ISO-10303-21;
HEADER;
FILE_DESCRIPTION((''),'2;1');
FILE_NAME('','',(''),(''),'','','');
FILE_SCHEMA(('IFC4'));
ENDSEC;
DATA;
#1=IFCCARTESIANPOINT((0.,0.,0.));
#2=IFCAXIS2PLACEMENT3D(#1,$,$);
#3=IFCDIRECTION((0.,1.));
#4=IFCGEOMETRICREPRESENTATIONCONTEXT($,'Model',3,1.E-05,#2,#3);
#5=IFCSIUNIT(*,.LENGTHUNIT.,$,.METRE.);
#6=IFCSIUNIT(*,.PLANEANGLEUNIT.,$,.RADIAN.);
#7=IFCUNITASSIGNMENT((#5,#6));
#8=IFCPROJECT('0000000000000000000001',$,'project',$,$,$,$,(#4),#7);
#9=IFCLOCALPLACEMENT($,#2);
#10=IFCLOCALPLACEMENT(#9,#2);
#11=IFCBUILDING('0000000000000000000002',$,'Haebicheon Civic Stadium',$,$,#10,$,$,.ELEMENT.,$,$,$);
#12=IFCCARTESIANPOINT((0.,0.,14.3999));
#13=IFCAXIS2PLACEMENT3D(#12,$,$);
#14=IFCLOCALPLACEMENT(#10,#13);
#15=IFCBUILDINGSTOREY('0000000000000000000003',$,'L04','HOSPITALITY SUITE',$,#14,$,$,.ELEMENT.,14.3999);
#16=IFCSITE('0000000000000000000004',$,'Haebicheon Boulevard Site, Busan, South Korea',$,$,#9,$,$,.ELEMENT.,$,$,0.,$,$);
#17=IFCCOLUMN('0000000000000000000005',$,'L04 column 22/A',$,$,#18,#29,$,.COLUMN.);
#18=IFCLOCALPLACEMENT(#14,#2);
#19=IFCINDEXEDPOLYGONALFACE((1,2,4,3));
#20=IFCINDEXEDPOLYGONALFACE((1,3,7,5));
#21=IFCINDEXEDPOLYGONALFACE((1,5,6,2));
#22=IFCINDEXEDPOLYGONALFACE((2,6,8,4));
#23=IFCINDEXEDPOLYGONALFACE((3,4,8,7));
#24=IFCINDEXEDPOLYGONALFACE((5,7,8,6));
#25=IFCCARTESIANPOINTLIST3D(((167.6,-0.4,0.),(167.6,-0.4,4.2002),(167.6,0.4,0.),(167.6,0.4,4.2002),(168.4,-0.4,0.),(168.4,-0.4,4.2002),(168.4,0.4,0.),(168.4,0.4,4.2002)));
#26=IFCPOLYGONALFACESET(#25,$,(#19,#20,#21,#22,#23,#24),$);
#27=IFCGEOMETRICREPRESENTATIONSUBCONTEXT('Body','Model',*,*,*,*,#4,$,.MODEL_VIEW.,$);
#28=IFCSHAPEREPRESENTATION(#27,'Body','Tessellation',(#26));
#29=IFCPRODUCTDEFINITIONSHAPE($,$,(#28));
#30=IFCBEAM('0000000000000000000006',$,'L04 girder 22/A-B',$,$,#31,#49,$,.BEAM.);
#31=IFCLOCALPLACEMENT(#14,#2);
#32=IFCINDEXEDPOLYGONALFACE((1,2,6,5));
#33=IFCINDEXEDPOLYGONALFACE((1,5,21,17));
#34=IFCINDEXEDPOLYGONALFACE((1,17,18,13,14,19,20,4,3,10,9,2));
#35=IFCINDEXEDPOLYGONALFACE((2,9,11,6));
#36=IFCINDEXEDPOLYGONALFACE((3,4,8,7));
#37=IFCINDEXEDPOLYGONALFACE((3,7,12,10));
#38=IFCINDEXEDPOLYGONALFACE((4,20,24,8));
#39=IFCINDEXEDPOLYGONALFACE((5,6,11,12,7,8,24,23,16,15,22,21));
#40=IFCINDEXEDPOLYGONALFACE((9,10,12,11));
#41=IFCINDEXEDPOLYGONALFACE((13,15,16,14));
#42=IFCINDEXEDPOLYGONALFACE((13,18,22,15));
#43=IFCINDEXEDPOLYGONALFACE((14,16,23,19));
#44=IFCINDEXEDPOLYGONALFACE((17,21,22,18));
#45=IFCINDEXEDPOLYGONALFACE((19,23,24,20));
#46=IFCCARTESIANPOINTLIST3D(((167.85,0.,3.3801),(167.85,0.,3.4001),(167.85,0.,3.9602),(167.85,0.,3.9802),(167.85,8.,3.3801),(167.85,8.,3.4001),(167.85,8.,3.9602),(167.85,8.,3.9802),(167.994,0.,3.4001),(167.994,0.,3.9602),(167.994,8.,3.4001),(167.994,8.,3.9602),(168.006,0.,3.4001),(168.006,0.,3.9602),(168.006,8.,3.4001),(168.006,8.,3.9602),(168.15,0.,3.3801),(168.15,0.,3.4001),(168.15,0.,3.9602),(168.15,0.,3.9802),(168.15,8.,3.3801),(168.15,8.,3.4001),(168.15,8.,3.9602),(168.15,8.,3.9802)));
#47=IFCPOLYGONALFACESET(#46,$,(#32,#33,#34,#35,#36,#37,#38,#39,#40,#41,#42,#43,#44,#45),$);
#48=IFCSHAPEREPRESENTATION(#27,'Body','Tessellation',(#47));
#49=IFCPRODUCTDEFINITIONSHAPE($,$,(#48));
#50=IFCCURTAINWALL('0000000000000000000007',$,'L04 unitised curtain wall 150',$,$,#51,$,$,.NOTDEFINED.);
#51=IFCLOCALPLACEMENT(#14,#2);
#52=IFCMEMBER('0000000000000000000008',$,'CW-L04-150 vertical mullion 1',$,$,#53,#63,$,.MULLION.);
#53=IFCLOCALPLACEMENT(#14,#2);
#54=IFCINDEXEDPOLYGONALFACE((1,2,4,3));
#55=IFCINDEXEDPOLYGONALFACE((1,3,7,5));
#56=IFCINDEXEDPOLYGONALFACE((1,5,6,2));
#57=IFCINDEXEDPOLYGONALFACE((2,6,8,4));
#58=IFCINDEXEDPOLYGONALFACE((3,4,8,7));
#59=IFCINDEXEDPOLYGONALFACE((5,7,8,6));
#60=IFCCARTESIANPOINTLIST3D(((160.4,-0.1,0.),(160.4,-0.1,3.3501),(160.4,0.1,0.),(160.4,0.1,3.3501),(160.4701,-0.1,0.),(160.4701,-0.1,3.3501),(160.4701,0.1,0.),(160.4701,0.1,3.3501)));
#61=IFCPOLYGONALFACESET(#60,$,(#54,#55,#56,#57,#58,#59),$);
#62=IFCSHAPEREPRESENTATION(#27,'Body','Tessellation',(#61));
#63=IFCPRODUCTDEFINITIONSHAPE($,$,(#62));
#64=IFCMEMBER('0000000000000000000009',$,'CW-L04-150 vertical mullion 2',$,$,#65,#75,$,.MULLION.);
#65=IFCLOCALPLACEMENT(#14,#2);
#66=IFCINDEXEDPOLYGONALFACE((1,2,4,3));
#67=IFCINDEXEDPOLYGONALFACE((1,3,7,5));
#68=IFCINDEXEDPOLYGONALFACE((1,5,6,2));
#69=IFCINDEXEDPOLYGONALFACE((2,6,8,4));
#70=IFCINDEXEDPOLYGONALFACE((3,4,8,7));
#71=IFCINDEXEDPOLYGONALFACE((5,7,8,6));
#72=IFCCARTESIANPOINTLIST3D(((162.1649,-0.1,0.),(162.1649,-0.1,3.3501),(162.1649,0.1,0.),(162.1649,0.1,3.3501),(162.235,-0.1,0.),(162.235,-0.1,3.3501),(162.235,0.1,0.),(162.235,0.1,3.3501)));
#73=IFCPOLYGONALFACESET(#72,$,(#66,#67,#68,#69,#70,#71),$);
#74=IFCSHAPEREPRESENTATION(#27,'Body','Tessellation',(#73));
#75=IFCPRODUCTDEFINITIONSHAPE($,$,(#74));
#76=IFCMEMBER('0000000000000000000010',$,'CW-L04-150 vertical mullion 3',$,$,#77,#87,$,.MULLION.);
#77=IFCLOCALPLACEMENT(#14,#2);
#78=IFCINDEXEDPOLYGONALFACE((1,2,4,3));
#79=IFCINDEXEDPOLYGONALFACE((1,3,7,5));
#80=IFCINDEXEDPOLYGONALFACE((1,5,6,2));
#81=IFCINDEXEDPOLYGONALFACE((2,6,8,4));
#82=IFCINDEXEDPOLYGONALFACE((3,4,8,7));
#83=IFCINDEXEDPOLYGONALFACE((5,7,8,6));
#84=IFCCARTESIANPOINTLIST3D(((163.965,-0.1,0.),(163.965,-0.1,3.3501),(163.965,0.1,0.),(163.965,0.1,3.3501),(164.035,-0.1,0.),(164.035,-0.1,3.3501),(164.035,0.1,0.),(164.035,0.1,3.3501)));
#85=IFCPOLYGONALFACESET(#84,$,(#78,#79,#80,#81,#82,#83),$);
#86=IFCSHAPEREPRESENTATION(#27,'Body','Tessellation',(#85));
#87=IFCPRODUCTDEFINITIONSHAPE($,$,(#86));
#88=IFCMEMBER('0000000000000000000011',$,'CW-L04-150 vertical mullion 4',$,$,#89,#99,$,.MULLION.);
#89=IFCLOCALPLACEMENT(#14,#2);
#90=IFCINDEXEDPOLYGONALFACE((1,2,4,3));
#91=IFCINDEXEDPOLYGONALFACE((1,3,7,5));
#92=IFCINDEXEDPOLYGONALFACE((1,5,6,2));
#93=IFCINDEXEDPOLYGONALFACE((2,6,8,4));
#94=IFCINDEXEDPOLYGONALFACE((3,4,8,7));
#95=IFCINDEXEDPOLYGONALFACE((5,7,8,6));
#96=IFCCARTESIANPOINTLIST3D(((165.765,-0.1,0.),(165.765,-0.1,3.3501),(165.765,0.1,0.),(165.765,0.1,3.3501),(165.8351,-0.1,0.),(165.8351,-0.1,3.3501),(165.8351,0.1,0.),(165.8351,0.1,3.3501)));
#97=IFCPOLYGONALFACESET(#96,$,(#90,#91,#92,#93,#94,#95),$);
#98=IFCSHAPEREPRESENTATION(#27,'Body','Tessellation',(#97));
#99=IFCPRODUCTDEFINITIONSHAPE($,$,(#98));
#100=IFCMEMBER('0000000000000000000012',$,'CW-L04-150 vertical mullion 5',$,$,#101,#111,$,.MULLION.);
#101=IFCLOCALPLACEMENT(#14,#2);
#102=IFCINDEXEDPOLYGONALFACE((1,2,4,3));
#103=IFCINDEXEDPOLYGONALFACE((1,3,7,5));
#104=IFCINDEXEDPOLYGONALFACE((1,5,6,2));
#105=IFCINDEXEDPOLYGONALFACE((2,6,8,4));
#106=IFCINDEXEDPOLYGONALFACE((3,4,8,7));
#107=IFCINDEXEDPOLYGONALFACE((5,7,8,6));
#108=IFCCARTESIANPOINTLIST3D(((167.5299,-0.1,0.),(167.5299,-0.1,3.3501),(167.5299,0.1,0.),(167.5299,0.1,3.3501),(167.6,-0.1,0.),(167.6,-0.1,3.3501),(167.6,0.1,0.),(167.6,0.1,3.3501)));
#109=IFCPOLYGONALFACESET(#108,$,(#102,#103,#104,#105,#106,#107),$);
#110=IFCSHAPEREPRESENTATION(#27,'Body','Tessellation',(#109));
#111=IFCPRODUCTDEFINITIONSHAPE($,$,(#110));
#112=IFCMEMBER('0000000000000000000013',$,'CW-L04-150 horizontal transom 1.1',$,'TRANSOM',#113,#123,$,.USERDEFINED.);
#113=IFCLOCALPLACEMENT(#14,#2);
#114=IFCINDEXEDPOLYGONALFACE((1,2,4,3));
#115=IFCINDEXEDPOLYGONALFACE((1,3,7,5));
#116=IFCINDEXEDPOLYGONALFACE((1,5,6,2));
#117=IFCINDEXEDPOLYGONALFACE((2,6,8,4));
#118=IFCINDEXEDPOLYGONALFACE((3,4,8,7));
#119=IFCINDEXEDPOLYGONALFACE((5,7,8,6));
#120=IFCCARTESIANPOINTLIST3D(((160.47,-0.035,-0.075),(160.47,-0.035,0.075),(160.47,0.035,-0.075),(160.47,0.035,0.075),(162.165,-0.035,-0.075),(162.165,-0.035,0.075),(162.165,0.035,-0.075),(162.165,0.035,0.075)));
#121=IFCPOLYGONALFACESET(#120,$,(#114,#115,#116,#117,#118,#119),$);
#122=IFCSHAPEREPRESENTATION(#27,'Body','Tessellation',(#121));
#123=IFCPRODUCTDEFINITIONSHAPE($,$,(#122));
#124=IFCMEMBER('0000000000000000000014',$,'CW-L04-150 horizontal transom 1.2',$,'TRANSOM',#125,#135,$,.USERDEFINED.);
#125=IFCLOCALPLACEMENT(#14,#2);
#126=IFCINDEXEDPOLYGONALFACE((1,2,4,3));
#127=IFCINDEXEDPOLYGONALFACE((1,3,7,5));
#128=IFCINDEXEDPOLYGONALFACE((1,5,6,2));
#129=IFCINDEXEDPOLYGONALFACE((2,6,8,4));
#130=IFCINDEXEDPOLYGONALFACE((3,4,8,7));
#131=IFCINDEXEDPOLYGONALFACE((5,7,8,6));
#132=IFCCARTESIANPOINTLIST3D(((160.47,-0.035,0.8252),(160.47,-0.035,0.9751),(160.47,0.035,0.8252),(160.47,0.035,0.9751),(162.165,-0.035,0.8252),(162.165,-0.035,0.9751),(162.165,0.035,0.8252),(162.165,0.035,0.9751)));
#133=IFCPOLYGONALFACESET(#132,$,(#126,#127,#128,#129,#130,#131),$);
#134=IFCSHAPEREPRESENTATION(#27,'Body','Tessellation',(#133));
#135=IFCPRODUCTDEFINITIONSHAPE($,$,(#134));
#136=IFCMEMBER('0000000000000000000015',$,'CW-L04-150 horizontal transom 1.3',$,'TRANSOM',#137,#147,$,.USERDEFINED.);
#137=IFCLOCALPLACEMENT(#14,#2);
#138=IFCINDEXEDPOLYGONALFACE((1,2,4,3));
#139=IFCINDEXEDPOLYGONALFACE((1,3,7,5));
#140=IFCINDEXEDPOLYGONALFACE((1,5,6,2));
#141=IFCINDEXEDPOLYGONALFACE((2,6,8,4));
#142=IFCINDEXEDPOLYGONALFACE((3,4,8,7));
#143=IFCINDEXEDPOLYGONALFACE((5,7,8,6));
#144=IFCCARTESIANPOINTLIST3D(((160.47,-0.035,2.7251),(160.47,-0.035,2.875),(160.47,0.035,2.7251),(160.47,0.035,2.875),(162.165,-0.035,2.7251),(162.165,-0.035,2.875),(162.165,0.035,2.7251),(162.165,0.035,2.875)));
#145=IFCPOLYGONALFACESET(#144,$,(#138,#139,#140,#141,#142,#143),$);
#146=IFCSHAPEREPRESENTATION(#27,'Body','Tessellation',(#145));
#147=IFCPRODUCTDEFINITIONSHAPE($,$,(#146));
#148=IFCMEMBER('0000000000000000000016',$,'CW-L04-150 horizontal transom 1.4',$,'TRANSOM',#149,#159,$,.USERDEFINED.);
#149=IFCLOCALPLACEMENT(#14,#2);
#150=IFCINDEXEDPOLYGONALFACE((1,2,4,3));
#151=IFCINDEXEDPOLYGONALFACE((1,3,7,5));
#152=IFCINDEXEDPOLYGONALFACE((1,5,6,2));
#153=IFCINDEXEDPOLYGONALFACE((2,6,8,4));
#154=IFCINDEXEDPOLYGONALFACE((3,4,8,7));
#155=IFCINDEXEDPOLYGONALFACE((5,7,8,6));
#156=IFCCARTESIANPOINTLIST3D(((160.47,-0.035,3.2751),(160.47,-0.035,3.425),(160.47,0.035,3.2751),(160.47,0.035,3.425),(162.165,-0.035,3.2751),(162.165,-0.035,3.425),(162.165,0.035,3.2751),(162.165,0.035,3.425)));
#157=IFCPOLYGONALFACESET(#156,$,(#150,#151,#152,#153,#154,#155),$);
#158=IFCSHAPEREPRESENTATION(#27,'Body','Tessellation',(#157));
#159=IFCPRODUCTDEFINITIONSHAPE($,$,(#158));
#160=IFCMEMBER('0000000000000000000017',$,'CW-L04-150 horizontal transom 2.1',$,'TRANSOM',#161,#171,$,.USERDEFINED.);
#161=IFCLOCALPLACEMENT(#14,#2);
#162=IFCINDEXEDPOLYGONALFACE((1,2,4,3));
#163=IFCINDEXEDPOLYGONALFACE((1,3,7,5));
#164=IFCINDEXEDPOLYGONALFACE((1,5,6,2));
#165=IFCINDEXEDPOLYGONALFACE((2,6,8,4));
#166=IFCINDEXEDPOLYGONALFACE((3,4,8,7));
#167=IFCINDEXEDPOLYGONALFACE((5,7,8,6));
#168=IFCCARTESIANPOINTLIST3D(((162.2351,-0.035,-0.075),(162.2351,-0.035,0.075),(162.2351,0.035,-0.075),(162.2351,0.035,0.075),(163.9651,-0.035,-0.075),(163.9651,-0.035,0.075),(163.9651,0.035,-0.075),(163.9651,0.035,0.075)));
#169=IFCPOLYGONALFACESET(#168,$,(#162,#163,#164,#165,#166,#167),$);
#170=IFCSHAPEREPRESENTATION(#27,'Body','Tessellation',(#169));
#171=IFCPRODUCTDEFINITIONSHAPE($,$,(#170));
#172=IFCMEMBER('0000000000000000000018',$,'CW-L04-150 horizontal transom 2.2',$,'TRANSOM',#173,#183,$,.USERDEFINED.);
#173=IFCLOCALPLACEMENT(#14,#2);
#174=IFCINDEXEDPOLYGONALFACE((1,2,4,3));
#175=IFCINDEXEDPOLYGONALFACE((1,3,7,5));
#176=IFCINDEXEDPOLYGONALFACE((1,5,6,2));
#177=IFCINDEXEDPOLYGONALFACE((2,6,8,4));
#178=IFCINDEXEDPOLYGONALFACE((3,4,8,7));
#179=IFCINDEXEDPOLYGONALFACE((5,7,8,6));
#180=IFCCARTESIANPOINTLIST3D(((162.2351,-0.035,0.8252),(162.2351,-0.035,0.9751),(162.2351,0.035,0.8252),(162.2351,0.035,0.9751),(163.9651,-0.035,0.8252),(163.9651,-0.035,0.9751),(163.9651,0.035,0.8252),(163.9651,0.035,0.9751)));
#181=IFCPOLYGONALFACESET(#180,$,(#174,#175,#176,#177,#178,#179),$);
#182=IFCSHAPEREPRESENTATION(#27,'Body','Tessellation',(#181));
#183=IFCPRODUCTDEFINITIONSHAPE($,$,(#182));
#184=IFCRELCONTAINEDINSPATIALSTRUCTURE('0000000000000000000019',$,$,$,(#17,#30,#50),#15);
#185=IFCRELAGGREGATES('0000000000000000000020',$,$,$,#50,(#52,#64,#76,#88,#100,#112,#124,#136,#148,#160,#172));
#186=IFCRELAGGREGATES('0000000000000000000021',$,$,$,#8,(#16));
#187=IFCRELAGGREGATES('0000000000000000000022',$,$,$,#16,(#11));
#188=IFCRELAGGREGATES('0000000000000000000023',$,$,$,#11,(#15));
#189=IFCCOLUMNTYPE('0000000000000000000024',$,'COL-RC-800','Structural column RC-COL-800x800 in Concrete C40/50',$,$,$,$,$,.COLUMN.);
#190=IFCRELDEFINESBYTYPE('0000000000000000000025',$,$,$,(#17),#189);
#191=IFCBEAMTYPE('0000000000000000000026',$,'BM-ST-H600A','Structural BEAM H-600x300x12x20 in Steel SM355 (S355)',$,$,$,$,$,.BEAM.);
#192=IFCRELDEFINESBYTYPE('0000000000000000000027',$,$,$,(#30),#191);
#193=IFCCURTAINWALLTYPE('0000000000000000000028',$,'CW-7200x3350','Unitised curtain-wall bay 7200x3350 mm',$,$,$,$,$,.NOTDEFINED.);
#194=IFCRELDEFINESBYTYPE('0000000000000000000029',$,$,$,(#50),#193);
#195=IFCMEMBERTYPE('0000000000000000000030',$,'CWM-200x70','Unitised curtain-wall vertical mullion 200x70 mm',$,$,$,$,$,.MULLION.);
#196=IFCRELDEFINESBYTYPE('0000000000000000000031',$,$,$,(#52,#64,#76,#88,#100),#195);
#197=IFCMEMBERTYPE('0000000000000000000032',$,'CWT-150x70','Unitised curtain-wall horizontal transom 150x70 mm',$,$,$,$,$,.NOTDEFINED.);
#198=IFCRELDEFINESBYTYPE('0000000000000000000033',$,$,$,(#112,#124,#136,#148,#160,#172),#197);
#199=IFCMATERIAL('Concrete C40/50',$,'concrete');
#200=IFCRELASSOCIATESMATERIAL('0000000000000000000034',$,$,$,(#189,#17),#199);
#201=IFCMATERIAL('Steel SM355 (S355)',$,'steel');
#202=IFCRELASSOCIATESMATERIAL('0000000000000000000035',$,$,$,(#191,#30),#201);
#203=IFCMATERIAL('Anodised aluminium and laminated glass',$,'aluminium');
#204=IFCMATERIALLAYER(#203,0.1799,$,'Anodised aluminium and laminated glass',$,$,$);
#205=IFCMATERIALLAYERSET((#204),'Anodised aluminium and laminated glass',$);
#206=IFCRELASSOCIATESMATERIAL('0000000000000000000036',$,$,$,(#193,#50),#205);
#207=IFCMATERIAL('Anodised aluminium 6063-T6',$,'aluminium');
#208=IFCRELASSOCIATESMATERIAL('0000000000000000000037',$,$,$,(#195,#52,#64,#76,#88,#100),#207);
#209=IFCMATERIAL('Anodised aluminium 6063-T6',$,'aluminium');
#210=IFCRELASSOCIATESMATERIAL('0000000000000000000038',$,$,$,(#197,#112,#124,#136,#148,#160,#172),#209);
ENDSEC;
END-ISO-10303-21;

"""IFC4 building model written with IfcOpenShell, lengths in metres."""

from ifc_helpers import new_model, si_unit, direction, frame, origin, origin_2d, place, context, subcontext, project, spatial, rectangle, i_section, extrude, material, layer, layer_set, material_profile, profile_set, type_object, element, aggregate, save


model = new_model("IFC4")

# Units and contexts
model_context = context("Model", 3, precision=1e-05, world=origin(), true_north=direction((0.0, 1.0)))
body_context = subcontext(model_context, "Body", "Model", "MODEL_VIEW")
ifc_project = project(units=[si_unit("LENGTHUNIT", "METRE"), si_unit("PLANEANGLEUNIT", "RADIAN")], contexts=[model_context])

# Site, building, storey
site_placement = place(None, origin())
site = spatial("IfcSite", under=ifc_project, at=site_placement, Name="Haebicheon Boulevard Site, Busan, South Korea", CompositionType="ELEMENT", RefElevation=0.0)
building_placement = place(site_placement, origin())
building = spatial("IfcBuilding", under=site, at=building_placement, Name="Haebicheon Civic Stadium", CompositionType="ELEMENT")
storey_placement = place(building_placement, frame((0.0, 0.0, 14.3999)))
storey = spatial("IfcBuildingStorey", under=building, at=storey_placement, Name="L04", Description="HOSPITALITY SUITE", CompositionType="ELEMENT", Elevation=14.3999)

# Column
ifc_material_1 = material(Name="Concrete C40/50", Category="concrete")
ifc_material_profile_1 = material_profile(ifc_material_1, rectangle(XDim=0.8, YDim=0.8, at=origin_2d()), Name="RC-COL-800x800")
ifc_profile_set_1 = profile_set([ifc_material_profile_1], Name="Concrete C40/50")
column_type = type_object("IfcColumnType", Name="COL-RC-800", Description="Structural column RC-COL-800x800 in Concrete C40/50", PredefinedType="COLUMN", material=ifc_profile_set_1)
column_placement = place(storey_placement, frame((168.0, 0.0, 0.0), z_axis=(0.0, 0.0, 1.0), x_axis=(1.0, 0.0, 0.0)))
element("IfcColumn", 1, at=column_placement, inside=storey, type_object=column_type, material=ifc_profile_set_1, Name="L04 column 22/A", PredefinedType="COLUMN", context=body_context, shape_type="SweptSolid", body=[
    extrude(rectangle(XDim=0.8, YDim=0.8, at=origin_2d()), origin(), (0.0, 0.0, 1.0), 4.2002),
])

# Beam
ifc_material_2 = material(Name="Steel SM355 (S355)", Category="steel")
ifc_material_profile_2 = material_profile(ifc_material_2, i_section(OverallWidth=0.3, OverallDepth=0.6001, WebThickness=0.012, FlangeThickness=0.02, at=origin_2d()), Name="H-600x300x12x20")
ifc_profile_set_2 = profile_set([ifc_material_profile_2], Name="Steel SM355 (S355)")
beam_type_1 = type_object("IfcBeamType", Name="BM-ST-H600A", Description="Structural BEAM H-600x300x12x20 in Steel SM355 (S355)", PredefinedType="BEAM", material=ifc_profile_set_2)
beam_1_placement = place(storey_placement, frame((168.0, 0.0, 3.6802), z_axis=(0.0, 1.0, 0.0), x_axis=(-1.0, 0.0, 0.0)))
element("IfcBeam", 2, at=beam_1_placement, inside=storey, type_object=beam_type_1, material=ifc_profile_set_2, Name="L04 girder 22/A-B", PredefinedType="BEAM", context=body_context, shape_type="SweptSolid", body=[
    extrude(i_section(OverallWidth=0.3, OverallDepth=0.6001, WebThickness=0.012, FlangeThickness=0.02, at=origin_2d()), origin(), (0.0, 0.0, 1.0), 8.0),
])

# Curtain wall, members
ifc_material_3 = material(Name="Anodised aluminium and laminated glass", Category="aluminium")
ifc_layer_1 = layer(ifc_material_3, 0.1799, Name="Anodised aluminium and laminated glass")
ifc_layer_set_1 = layer_set([ifc_layer_1], Name="Anodised aluminium and laminated glass")
curtain_wall_type = type_object("IfcCurtainWallType", Name="CW-7200x3350", Description="Unitised curtain-wall bay 7200x3350 mm", PredefinedType="NOTDEFINED", material=ifc_layer_set_1)
curtain_wall_1_placement = place(storey_placement, origin())
curtain_wall_1 = element("IfcCurtainWall", 3, at=curtain_wall_1_placement, inside=storey, type_object=curtain_wall_type, material=ifc_layer_set_1, Name="L04 unitised curtain wall 150", PredefinedType="NOTDEFINED")
ifc_material_4 = material(Name="Anodised aluminium 6063-T6", Category="aluminium")
ifc_material_profile_3 = material_profile(ifc_material_4, rectangle(XDim=0.0701, YDim=0.2, at=origin_2d()), Name="ALU-MULL-70x200")
ifc_profile_set_3 = profile_set([ifc_material_profile_3], Name="Anodised aluminium 6063-T6")
member_type_1 = type_object("IfcMemberType", Name="CWM-200x70", Description="Unitised curtain-wall vertical mullion 200x70 mm", PredefinedType="MULLION", material=ifc_profile_set_3)
member_1_placement = place(storey_placement, frame((160.4351, 0.0, 0.0), z_axis=(0.0, 0.0, 1.0), x_axis=(1.0, 0.0, 0.0)))
member_1 = element("IfcMember", 4, at=member_1_placement, type_object=member_type_1, material=ifc_profile_set_3, Name="CW-L04-150 vertical mullion 1", PredefinedType="MULLION", context=body_context, shape_type="SweptSolid", body=[
    extrude(rectangle(XDim=0.0701, YDim=0.2, at=origin_2d()), origin(), (0.0, 0.0, 1.0), 3.3501),
])
member_2_placement = place(storey_placement, frame((162.2, 0.0, 0.0), z_axis=(0.0, 0.0, 1.0), x_axis=(1.0, 0.0, 0.0)))
member_2 = element("IfcMember", 5, at=member_2_placement, type_object=member_type_1, material=ifc_profile_set_3, Name="CW-L04-150 vertical mullion 2", PredefinedType="MULLION", context=body_context, shape_type="SweptSolid", body=[
    extrude(rectangle(XDim=0.0701, YDim=0.2, at=origin_2d()), origin(), (0.0, 0.0, 1.0), 3.3501),
])
member_3_placement = place(storey_placement, frame((164.0, 0.0, 0.0), z_axis=(0.0, 0.0, 1.0), x_axis=(1.0, 0.0, 0.0)))
member_3 = element("IfcMember", 6, at=member_3_placement, type_object=member_type_1, material=ifc_profile_set_3, Name="CW-L04-150 vertical mullion 3", PredefinedType="MULLION", context=body_context, shape_type="SweptSolid", body=[
    extrude(rectangle(XDim=0.0701, YDim=0.2, at=origin_2d()), origin(), (0.0, 0.0, 1.0), 3.3501),
])
member_4_placement = place(storey_placement, frame((165.8, 0.0, 0.0), z_axis=(0.0, 0.0, 1.0), x_axis=(1.0, 0.0, 0.0)))
member_4 = element("IfcMember", 7, at=member_4_placement, type_object=member_type_1, material=ifc_profile_set_3, Name="CW-L04-150 vertical mullion 4", PredefinedType="MULLION", context=body_context, shape_type="SweptSolid", body=[
    extrude(rectangle(XDim=0.0701, YDim=0.2, at=origin_2d()), origin(), (0.0, 0.0, 1.0), 3.3501),
])
member_5_placement = place(storey_placement, frame((167.5649, 0.0, 0.0), z_axis=(0.0, 0.0, 1.0), x_axis=(1.0, 0.0, 0.0)))
member_5 = element("IfcMember", 8, at=member_5_placement, type_object=member_type_1, material=ifc_profile_set_3, Name="CW-L04-150 vertical mullion 5", PredefinedType="MULLION", context=body_context, shape_type="SweptSolid", body=[
    extrude(rectangle(XDim=0.0701, YDim=0.2, at=origin_2d()), origin(), (0.0, 0.0, 1.0), 3.3501),
])
ifc_material_5 = material(Name="Anodised aluminium 6063-T6", Category="aluminium")
ifc_material_profile_4 = material_profile(ifc_material_5, rectangle(XDim=0.0701, YDim=0.1499, at=origin_2d()), Name="ALU-TRAN-70x150")
ifc_profile_set_4 = profile_set([ifc_material_profile_4], Name="Anodised aluminium 6063-T6")
member_type_2 = type_object("IfcMemberType", Name="CWT-150x70", Description="Unitised curtain-wall horizontal transom 150x70 mm", PredefinedType="NOTDEFINED", material=ifc_profile_set_4)
member_6_placement = place(storey_placement, frame((160.47, 0.0, 0.0), z_axis=(1.0, 0.0, 0.0), x_axis=(0.0, 1.0, 0.0)))
member_6 = element("IfcMember", 9, at=member_6_placement, type_object=member_type_2, material=ifc_profile_set_4, Name="CW-L04-150 horizontal transom 1.1", ObjectType="TRANSOM", PredefinedType="USERDEFINED", context=body_context, shape_type="SweptSolid", body=[
    extrude(rectangle(XDim=0.0701, YDim=0.1499, at=origin_2d()), origin(), (0.0, 0.0, 1.0), 1.6951),
])
member_7_placement = place(storey_placement, frame((160.47, 0.0, 0.9001), z_axis=(1.0, 0.0, 0.0), x_axis=(0.0, 1.0, 0.0)))
member_7 = element("IfcMember", 10, at=member_7_placement, type_object=member_type_2, material=ifc_profile_set_4, Name="CW-L04-150 horizontal transom 1.2", ObjectType="TRANSOM", PredefinedType="USERDEFINED", context=body_context, shape_type="SweptSolid", body=[
    extrude(rectangle(XDim=0.0701, YDim=0.1499, at=origin_2d()), origin(), (0.0, 0.0, 1.0), 1.6951),
])
member_8_placement = place(storey_placement, frame((160.47, 0.0, 2.8), z_axis=(1.0, 0.0, 0.0), x_axis=(0.0, 1.0, 0.0)))
member_8 = element("IfcMember", 11, at=member_8_placement, type_object=member_type_2, material=ifc_profile_set_4, Name="CW-L04-150 horizontal transom 1.3", ObjectType="TRANSOM", PredefinedType="USERDEFINED", context=body_context, shape_type="SweptSolid", body=[
    extrude(rectangle(XDim=0.0701, YDim=0.1499, at=origin_2d()), origin(), (0.0, 0.0, 1.0), 1.6951),
])
member_9_placement = place(storey_placement, frame((160.47, 0.0, 3.3501), z_axis=(1.0, 0.0, 0.0), x_axis=(0.0, 1.0, 0.0)))
member_9 = element("IfcMember", 12, at=member_9_placement, type_object=member_type_2, material=ifc_profile_set_4, Name="CW-L04-150 horizontal transom 1.4", ObjectType="TRANSOM", PredefinedType="USERDEFINED", context=body_context, shape_type="SweptSolid", body=[
    extrude(rectangle(XDim=0.0701, YDim=0.1499, at=origin_2d()), origin(), (0.0, 0.0, 1.0), 1.6951),
])
member_10_placement = place(storey_placement, frame((162.2351, 0.0, 0.0), z_axis=(1.0, 0.0, 0.0), x_axis=(0.0, 1.0, 0.0)))
member_10 = element("IfcMember", 13, at=member_10_placement, type_object=member_type_2, material=ifc_profile_set_4, Name="CW-L04-150 horizontal transom 2.1", ObjectType="TRANSOM", PredefinedType="USERDEFINED", context=body_context, shape_type="SweptSolid", body=[
    extrude(rectangle(XDim=0.0701, YDim=0.1499, at=origin_2d()), origin(), (0.0, 0.0, 1.0), 1.73),
])
member_11_placement = place(storey_placement, frame((162.2351, 0.0, 0.9001), z_axis=(1.0, 0.0, 0.0), x_axis=(0.0, 1.0, 0.0)))
member_11 = element("IfcMember", 14, at=member_11_placement, type_object=member_type_2, material=ifc_profile_set_4, Name="CW-L04-150 horizontal transom 2.2", ObjectType="TRANSOM", PredefinedType="USERDEFINED", context=body_context, shape_type="SweptSolid", body=[
    extrude(rectangle(XDim=0.0701, YDim=0.1499, at=origin_2d()), origin(), (0.0, 0.0, 1.0), 1.73),
])

aggregate(curtain_wall_1, [member_1, member_2, member_3, member_4, member_5, member_6, member_7, member_8, member_9, member_10, member_11])

save(model, "model.ifc")
